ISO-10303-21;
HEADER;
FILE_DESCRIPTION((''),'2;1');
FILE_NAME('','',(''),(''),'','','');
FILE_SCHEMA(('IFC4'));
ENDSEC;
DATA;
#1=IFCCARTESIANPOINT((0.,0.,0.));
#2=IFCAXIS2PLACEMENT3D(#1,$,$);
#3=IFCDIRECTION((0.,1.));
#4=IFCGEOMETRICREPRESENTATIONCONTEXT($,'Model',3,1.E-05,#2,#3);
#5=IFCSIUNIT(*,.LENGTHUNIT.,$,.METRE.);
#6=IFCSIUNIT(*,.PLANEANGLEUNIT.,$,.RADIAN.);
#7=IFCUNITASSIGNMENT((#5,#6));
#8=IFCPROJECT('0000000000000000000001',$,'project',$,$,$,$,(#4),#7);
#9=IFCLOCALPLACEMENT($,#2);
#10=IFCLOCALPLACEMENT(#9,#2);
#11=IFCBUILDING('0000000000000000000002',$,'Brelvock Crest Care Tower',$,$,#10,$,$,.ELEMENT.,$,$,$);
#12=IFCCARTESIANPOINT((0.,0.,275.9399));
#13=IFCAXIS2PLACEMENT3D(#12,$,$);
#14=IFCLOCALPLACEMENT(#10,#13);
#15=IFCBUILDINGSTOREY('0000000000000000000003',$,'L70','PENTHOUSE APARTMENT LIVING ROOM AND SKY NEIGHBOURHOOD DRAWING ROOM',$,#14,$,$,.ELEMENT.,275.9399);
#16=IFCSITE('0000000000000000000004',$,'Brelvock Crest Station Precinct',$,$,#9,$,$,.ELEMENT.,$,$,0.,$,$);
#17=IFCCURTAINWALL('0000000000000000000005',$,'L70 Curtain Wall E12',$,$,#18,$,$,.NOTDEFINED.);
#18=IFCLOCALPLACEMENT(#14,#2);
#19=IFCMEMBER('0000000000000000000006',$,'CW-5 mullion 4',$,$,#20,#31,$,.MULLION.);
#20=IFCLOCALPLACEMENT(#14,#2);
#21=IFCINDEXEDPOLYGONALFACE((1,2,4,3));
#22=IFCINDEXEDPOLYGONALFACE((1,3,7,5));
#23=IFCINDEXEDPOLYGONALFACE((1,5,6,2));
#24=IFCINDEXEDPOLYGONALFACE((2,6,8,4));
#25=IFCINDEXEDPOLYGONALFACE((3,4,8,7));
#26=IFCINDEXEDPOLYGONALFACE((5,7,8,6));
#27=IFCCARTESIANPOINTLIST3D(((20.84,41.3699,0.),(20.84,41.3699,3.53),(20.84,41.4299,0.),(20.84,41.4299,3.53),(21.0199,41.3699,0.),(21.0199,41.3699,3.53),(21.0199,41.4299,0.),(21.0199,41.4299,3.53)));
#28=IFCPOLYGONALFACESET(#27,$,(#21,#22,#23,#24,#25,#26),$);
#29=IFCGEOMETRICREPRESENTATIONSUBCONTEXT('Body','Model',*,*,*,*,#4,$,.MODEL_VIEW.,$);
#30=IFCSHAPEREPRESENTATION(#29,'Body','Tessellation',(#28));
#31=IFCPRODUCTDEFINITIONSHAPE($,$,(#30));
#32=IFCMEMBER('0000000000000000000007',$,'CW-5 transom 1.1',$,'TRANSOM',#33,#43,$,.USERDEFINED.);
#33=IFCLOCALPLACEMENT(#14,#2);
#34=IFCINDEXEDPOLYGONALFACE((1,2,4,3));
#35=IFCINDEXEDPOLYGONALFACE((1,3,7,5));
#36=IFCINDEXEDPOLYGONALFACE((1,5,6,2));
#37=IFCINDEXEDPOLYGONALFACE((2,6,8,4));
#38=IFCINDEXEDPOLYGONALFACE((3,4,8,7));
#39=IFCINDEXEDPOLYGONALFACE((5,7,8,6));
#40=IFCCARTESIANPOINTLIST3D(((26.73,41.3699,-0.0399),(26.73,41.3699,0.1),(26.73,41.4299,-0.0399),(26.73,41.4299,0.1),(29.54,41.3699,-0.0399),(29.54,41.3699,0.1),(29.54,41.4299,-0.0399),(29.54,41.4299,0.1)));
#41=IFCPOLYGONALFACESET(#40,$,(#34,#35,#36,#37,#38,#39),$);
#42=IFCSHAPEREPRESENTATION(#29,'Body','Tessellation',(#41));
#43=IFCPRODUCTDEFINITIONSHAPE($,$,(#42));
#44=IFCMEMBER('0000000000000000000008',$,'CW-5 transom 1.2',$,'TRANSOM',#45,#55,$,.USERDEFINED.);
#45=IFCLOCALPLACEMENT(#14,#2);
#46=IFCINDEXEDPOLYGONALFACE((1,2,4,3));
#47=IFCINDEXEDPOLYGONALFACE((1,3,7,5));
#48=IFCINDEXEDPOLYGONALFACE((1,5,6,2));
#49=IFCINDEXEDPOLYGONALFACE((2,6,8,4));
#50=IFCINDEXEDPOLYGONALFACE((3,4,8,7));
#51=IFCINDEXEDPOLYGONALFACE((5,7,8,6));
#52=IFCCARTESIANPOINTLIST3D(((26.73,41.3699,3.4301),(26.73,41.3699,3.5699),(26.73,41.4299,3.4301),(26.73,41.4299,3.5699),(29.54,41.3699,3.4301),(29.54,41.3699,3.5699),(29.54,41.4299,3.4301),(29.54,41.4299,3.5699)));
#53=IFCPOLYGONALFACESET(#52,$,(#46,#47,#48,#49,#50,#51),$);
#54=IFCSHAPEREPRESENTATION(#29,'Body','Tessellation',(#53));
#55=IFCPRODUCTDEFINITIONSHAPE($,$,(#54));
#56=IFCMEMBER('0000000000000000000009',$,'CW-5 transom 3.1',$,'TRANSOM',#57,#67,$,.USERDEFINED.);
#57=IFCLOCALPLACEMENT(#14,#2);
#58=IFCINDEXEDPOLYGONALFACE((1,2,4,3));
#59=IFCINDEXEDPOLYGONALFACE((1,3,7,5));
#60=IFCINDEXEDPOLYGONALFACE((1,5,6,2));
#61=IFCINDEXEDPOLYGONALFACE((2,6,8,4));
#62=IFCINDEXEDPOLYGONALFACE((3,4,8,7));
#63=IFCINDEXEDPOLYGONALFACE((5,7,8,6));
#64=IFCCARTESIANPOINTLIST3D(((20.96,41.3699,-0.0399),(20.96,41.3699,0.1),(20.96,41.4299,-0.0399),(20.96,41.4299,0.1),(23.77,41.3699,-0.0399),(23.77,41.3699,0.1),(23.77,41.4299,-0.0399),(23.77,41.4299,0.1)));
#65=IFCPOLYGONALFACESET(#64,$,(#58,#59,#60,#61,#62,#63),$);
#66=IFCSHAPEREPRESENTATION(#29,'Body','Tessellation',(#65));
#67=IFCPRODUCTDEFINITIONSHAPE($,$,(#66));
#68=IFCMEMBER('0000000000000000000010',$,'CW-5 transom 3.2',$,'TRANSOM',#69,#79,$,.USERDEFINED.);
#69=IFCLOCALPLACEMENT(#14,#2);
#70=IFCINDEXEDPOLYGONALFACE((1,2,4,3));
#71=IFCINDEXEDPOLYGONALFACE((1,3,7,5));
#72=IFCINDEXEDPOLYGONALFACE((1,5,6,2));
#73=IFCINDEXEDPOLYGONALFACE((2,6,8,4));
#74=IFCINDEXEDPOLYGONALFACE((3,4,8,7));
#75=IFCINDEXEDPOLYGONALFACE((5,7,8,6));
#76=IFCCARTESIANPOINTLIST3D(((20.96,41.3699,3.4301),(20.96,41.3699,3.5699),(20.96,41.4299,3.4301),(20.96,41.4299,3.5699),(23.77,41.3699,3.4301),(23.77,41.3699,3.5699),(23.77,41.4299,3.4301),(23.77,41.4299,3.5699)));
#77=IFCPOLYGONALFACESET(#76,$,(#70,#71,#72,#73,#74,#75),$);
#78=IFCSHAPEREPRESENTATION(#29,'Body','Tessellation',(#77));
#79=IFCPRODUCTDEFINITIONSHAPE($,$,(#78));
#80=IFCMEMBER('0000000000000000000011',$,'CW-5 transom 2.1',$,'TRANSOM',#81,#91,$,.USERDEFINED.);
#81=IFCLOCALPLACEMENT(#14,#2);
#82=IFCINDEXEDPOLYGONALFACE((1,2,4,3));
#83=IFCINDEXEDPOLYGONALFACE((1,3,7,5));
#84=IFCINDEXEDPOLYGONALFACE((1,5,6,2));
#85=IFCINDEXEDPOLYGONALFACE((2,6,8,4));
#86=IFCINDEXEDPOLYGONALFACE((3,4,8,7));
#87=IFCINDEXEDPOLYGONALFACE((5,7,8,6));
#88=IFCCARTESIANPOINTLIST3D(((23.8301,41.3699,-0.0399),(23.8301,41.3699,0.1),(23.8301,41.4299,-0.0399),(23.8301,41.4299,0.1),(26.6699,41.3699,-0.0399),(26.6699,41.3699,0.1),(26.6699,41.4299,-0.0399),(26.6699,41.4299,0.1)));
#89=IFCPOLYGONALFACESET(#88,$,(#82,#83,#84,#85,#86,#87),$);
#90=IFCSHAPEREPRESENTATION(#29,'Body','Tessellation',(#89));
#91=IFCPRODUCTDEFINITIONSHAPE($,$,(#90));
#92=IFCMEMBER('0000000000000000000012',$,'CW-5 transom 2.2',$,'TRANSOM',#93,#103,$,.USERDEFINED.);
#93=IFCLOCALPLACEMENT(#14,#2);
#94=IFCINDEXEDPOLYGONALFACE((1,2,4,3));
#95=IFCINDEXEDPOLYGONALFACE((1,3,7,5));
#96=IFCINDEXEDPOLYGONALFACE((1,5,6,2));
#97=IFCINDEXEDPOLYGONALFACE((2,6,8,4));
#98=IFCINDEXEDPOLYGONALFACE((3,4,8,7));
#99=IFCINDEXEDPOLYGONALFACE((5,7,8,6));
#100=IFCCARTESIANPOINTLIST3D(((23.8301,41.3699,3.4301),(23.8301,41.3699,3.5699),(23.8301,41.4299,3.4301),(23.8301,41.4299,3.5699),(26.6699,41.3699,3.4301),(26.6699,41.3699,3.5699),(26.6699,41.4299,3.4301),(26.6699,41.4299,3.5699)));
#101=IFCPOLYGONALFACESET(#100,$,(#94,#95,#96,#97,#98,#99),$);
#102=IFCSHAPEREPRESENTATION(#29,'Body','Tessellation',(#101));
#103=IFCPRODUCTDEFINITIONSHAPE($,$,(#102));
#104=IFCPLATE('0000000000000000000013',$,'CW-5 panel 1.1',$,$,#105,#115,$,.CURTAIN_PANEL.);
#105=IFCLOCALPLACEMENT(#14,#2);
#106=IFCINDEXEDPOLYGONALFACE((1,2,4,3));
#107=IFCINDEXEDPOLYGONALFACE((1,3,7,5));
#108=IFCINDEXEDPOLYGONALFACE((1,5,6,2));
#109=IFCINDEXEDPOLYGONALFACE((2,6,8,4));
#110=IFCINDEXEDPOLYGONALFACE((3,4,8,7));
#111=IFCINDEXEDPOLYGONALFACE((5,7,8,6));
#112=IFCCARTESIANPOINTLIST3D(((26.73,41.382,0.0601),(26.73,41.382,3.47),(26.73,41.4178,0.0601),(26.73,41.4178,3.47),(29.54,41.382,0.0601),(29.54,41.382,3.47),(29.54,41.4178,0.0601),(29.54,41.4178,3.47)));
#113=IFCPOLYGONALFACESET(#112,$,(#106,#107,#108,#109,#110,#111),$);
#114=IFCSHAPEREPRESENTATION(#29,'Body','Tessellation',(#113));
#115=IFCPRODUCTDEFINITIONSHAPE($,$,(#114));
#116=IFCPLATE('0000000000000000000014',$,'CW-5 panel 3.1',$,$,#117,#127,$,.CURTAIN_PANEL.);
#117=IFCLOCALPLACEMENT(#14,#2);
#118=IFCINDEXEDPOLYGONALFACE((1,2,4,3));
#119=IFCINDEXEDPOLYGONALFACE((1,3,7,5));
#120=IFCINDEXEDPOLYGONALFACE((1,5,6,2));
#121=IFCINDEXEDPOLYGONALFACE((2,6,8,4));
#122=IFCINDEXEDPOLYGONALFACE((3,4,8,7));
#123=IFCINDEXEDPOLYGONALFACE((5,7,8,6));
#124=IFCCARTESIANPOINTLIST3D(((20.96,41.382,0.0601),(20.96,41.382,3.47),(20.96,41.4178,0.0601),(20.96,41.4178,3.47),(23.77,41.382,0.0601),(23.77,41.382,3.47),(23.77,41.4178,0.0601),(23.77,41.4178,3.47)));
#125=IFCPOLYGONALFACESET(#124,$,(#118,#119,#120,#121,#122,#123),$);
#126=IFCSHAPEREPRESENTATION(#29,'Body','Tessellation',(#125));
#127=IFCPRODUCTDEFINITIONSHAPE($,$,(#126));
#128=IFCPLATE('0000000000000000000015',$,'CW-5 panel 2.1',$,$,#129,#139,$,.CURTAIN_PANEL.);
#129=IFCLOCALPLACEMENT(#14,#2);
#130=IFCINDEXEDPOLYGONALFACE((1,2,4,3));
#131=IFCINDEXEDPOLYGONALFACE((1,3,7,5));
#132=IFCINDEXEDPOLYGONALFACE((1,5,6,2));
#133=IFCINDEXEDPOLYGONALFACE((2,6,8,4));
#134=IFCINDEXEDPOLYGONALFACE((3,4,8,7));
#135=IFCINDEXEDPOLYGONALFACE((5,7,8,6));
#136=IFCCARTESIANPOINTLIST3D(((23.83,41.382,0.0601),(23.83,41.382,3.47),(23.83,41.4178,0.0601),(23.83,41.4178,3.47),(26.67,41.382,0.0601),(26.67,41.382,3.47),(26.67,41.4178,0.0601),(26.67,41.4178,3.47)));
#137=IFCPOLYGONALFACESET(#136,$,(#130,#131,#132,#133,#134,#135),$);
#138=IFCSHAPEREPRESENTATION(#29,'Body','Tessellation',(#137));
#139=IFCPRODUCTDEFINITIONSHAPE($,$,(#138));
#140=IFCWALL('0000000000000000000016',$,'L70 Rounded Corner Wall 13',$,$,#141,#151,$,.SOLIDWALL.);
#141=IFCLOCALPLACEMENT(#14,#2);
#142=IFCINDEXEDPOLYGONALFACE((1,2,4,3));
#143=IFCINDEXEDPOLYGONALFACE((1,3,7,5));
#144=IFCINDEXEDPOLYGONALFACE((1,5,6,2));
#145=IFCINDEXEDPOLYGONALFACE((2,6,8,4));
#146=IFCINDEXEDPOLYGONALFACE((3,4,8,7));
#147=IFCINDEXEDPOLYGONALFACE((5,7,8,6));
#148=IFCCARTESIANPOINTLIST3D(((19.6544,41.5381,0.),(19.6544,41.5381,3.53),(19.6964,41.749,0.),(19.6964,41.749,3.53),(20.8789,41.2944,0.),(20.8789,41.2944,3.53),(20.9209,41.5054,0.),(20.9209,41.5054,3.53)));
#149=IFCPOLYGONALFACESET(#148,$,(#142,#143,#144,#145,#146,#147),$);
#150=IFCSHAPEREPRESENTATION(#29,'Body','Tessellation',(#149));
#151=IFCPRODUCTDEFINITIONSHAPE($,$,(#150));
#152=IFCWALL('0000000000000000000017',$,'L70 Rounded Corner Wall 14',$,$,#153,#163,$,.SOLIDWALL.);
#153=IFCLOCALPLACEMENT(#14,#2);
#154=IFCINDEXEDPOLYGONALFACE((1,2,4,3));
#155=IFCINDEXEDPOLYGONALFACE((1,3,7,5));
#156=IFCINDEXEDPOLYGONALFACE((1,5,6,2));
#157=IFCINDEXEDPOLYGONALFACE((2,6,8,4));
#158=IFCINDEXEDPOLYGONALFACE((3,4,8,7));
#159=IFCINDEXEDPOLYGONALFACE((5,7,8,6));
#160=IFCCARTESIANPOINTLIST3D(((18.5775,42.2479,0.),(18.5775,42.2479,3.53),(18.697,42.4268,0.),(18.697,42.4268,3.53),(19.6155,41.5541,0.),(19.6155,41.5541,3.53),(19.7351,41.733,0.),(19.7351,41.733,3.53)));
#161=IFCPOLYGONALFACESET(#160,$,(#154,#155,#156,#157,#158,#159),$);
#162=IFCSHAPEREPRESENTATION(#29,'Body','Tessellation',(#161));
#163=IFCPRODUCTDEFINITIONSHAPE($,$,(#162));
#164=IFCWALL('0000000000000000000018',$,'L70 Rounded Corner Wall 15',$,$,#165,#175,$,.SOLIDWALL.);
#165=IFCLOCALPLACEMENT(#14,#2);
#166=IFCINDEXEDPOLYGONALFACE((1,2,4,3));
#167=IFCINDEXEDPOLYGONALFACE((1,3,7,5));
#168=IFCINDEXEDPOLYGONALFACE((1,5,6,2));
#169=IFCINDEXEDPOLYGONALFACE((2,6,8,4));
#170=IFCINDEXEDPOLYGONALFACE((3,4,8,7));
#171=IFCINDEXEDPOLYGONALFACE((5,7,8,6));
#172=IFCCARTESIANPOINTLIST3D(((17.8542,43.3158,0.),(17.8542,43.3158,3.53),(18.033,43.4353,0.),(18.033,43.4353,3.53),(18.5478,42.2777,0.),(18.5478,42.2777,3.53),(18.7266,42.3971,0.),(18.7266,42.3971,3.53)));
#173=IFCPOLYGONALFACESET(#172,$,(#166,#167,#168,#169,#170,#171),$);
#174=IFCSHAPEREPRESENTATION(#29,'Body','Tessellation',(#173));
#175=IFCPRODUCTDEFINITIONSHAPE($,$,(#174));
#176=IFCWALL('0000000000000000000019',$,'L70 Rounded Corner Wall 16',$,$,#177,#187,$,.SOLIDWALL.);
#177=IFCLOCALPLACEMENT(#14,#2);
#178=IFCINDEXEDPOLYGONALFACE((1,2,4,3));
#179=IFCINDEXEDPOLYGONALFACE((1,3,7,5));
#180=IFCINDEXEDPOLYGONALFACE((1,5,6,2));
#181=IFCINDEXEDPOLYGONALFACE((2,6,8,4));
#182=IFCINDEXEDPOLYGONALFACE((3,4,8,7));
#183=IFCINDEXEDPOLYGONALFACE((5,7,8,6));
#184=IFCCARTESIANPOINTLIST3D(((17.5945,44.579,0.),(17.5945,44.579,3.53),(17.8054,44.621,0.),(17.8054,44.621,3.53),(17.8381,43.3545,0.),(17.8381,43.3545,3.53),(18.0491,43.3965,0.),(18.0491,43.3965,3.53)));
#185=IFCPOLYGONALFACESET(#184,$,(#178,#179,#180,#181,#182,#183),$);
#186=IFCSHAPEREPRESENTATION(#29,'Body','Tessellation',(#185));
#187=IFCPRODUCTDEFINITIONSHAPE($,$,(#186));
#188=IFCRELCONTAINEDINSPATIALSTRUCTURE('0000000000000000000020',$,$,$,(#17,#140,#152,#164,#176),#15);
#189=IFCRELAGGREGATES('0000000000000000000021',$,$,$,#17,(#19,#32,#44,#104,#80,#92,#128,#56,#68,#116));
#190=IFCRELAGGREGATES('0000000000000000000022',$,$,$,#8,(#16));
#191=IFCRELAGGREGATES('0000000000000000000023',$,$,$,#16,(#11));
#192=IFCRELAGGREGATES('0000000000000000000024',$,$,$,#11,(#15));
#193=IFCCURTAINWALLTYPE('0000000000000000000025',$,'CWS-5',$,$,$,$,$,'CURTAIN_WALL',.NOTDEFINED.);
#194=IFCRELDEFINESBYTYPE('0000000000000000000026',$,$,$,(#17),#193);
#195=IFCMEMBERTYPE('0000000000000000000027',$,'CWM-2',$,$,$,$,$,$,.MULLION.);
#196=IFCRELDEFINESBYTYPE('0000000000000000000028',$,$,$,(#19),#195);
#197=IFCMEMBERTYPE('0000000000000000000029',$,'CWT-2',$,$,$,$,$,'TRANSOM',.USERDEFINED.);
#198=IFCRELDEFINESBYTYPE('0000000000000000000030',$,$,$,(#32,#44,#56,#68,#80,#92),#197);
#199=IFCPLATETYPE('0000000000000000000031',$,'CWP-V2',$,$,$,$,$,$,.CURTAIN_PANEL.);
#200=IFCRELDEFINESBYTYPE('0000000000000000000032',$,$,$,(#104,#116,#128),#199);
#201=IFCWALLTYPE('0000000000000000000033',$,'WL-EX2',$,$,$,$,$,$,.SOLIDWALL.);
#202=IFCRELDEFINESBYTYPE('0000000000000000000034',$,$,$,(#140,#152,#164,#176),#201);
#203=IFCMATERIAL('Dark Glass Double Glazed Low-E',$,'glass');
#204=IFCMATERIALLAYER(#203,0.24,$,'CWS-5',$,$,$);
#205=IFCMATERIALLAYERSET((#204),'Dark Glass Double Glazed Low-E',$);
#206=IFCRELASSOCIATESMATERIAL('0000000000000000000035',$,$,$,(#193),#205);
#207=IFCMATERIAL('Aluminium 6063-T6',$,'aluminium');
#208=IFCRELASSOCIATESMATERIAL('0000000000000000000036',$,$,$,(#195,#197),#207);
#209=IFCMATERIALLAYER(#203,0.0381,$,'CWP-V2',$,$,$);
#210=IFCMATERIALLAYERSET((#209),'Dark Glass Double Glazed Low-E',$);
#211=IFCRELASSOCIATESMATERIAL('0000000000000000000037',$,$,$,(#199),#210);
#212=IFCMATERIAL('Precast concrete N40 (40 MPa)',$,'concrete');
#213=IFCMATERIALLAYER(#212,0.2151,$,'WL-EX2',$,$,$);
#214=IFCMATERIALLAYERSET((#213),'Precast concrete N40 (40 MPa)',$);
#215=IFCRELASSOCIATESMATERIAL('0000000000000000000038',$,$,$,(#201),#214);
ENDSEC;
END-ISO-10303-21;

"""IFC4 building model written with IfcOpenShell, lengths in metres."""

from ifc_helpers import new_model, si_unit, direction, frame, frame_2d, origin, origin_2d, place, context, subcontext, project, spatial, rectangle, extrude, source, transform, mapped, material, layer, layer_set, material_profile, profile_set, type_object, element, aggregate, save


model = new_model("IFC4")

# Units and contexts
model_context = context("Model", 3, precision=1e-05, world=origin(), true_north=direction((0.0, 1.0)))
body_context = subcontext(model_context, "Body", "Model", "MODEL_VIEW")
ifc_project = project(units=[si_unit("LENGTHUNIT", "METRE"), si_unit("PLANEANGLEUNIT", "RADIAN")], contexts=[model_context])

# Site, building, storey
site_placement = place(None, origin())
site = spatial("IfcSite", under=ifc_project, at=site_placement, Name="Brelvock Crest Station Precinct", CompositionType="ELEMENT", RefElevation=0.0)
building_placement = place(site_placement, origin())
building = spatial("IfcBuilding", under=site, at=building_placement, Name="Brelvock Crest Care Tower", CompositionType="ELEMENT")
storey_placement = place(building_placement, frame((0.0, 0.0, 275.9399)))
storey = spatial("IfcBuildingStorey", under=building, at=storey_placement, Name="L70", Description="PENTHOUSE APARTMENT LIVING ROOM AND SKY NEIGHBOURHOOD DRAWING ROOM", CompositionType="ELEMENT", Elevation=275.9399)

# Shared definitions
ifc_material_1 = material(Name="Dark Glass Double Glazed Low-E", Category="glass")
ifc_layer_1 = layer(ifc_material_1, 0.24, Name="CWS-5")
ifc_layer_set_1 = layer_set([ifc_layer_1], Name="Dark Glass Double Glazed Low-E")
curtain_wall_type = type_object("IfcCurtainWallType", Name="CWS-5", ElementType="CURTAIN_WALL", PredefinedType="NOTDEFINED", material=ifc_layer_set_1)
ifc_material_2 = material(Name="Aluminium 6063-T6", Category="aluminium")
ifc_material_profile_1 = material_profile(ifc_material_2, rectangle(XDim=0.0601, YDim=0.1799, at=origin_2d()), Name="ALU60x180")
ifc_profile_set_1 = profile_set([ifc_material_profile_1], Name="Aluminium 6063-T6")
member_type_1 = type_object("IfcMemberType", Name="CWM-2", PredefinedType="MULLION", material=ifc_profile_set_1)
shared_shape_1 = source(origin(), body_context, "Body", "SweptSolid", [
    extrude(rectangle(XDim=0.0601, YDim=0.1799, at=origin_2d()), origin(), (0.0, 0.0, 1.0), 3.53),
])

# Curtain wall, members, plates
curtain_wall_1_placement = place(storey_placement, origin())
curtain_wall_1 = element("IfcCurtainWall", 1, at=curtain_wall_1_placement, inside=storey, type_object=curtain_wall_type, Name="L70 Curtain Wall E12", PredefinedType="NOTDEFINED")
member_1_placement = place(storey_placement, frame((20.9299, 41.3999, 0.0), z_axis=(0.0, 0.0, 1.0), x_axis=(0.0, -1.0, 0.0)))
member_1 = element("IfcMember", 2, at=member_1_placement, type_object=member_type_1, Name="CW-5 mullion 4", PredefinedType="MULLION", context=body_context, shape_type="MappedRepresentation", body=[
    mapped(shared_shape_1, transform((0.0, 0.0, 0.0), x_axis=(1.0, 0.0, 0.0), y_axis=(0.0, 1.0, 0.0), z_axis=(0.0, 0.0, 1.0), scale=1.0)),
])
ifc_material_profile_2 = material_profile(ifc_material_2, rectangle(XDim=0.0601, YDim=0.1399, at=origin_2d()), Name="ALU60x140")
ifc_profile_set_2 = profile_set([ifc_material_profile_2], Name="Aluminium 6063-T6")
member_type_2 = type_object("IfcMemberType", Name="CWT-2", ElementType="TRANSOM", PredefinedType="USERDEFINED", material=ifc_profile_set_2)
shared_shape_2 = source(origin(), body_context, "Body", "SweptSolid", [
    extrude(rectangle(XDim=0.0601, YDim=0.1399, at=origin_2d()), origin(), (0.0, 0.0, 1.0), 2.8101),
])
member_2_placement = place(storey_placement, frame((29.54, 41.3999, 0.03), z_axis=(-1.0, 0.0, 0.0), x_axis=(0.0, -1.0, 0.0)))
member_2 = element("IfcMember", 3, at=member_2_placement, type_object=member_type_2, Name="CW-5 transom 1.1", ObjectType="TRANSOM", PredefinedType="USERDEFINED", context=body_context, shape_type="MappedRepresentation", body=[
    mapped(shared_shape_2, transform((0.0, 0.0, 0.0), x_axis=(1.0, 0.0, 0.0), y_axis=(0.0, 1.0, 0.0), z_axis=(0.0, 0.0, 1.0), scale=1.0)),
])
member_3_placement = place(storey_placement, frame((29.54, 41.3999, 3.5), z_axis=(-1.0, 0.0, 0.0), x_axis=(0.0, -1.0, 0.0)))
member_3 = element("IfcMember", 4, at=member_3_placement, type_object=member_type_2, Name="CW-5 transom 1.2", ObjectType="TRANSOM", PredefinedType="USERDEFINED", context=body_context, shape_type="MappedRepresentation", body=[
    mapped(shared_shape_2, transform((0.0, 0.0, 0.0), x_axis=(1.0, 0.0, 0.0), y_axis=(0.0, 1.0, 0.0), z_axis=(0.0, 0.0, 1.0), scale=1.0)),
])
member_4_placement = place(storey_placement, frame((23.77, 41.3999, 0.03), z_axis=(-1.0, 0.0, 0.0), x_axis=(0.0, -1.0, 0.0)))
member_4 = element("IfcMember", 5, at=member_4_placement, type_object=member_type_2, Name="CW-5 transom 3.1", ObjectType="TRANSOM", PredefinedType="USERDEFINED", context=body_context, shape_type="MappedRepresentation", body=[
    mapped(shared_shape_2, transform((0.0, 0.0, 0.0), x_axis=(1.0, 0.0, 0.0), y_axis=(0.0, 1.0, 0.0), z_axis=(0.0, 0.0, 1.0), scale=1.0)),
])
member_5_placement = place(storey_placement, frame((23.77, 41.3999, 3.5), z_axis=(-1.0, 0.0, 0.0), x_axis=(0.0, -1.0, 0.0)))
member_5 = element("IfcMember", 6, at=member_5_placement, type_object=member_type_2, Name="CW-5 transom 3.2", ObjectType="TRANSOM", PredefinedType="USERDEFINED", context=body_context, shape_type="MappedRepresentation", body=[
    mapped(shared_shape_2, transform((0.0, 0.0, 0.0), x_axis=(1.0, 0.0, 0.0), y_axis=(0.0, 1.0, 0.0), z_axis=(0.0, 0.0, 1.0), scale=1.0)),
])
shared_shape_3 = source(origin(), body_context, "Body", "SweptSolid", [
    extrude(rectangle(XDim=0.0601, YDim=0.1399, at=origin_2d()), origin(), (0.0, 0.0, 1.0), 2.8398),
])
member_6_placement = place(storey_placement, frame((26.6699, 41.3999, 0.03), z_axis=(-1.0, 0.0, 0.0), x_axis=(0.0, -1.0, 0.0)))
member_6 = element("IfcMember", 7, at=member_6_placement, type_object=member_type_2, Name="CW-5 transom 2.1", ObjectType="TRANSOM", PredefinedType="USERDEFINED", context=body_context, shape_type="MappedRepresentation", body=[
    mapped(shared_shape_3, transform((0.0, 0.0, 0.0), x_axis=(1.0, 0.0, 0.0), y_axis=(0.0, 1.0, 0.0), z_axis=(0.0, 0.0, 1.0), scale=1.0)),
])
member_7_placement = place(storey_placement, frame((26.6699, 41.3999, 3.5), z_axis=(-1.0, 0.0, 0.0), x_axis=(0.0, -1.0, 0.0)))
member_7 = element("IfcMember", 8, at=member_7_placement, type_object=member_type_2, Name="CW-5 transom 2.2", ObjectType="TRANSOM", PredefinedType="USERDEFINED", context=body_context, shape_type="MappedRepresentation", body=[
    mapped(shared_shape_3, transform((0.0, 0.0, 0.0), x_axis=(1.0, 0.0, 0.0), y_axis=(0.0, 1.0, 0.0), z_axis=(0.0, 0.0, 1.0), scale=1.0)),
])
ifc_layer_2 = layer(ifc_material_1, 0.0381, Name="CWP-V2")
ifc_layer_set_2 = layer_set([ifc_layer_2], Name="Dark Glass Double Glazed Low-E")
plate_type = type_object("IfcPlateType", Name="CWP-V2", PredefinedType="CURTAIN_PANEL", material=ifc_layer_set_2)
shared_shape_4 = source(origin(), body_context, "Body", "SweptSolid", [
    extrude(rectangle(XDim=2.8101, YDim=0.0359, at=origin_2d()), origin(), (0.0, 0.0, 1.0), 3.4099),
])
plate_1_placement = place(storey_placement, frame((28.135, 41.3999, 0.0601), z_axis=(0.0, 0.0, 1.0), x_axis=(-1.0, 0.0, 0.0)))
plate_1 = element("IfcPlate", 9, at=plate_1_placement, type_object=plate_type, Name="CW-5 panel 1.1", PredefinedType="CURTAIN_PANEL", context=body_context, shape_type="MappedRepresentation", body=[
    mapped(shared_shape_4, transform((0.0, 0.0, 0.0), x_axis=(1.0, 0.0, 0.0), y_axis=(0.0, 1.0, 0.0), z_axis=(0.0, 0.0, 1.0), scale=1.0)),
])
plate_2_placement = place(storey_placement, frame((22.365, 41.3999, 0.0601), z_axis=(0.0, 0.0, 1.0), x_axis=(-1.0, 0.0, 0.0)))
plate_2 = element("IfcPlate", 10, at=plate_2_placement, type_object=plate_type, Name="CW-5 panel 3.1", PredefinedType="CURTAIN_PANEL", context=body_context, shape_type="MappedRepresentation", body=[
    mapped(shared_shape_4, transform((0.0, 0.0, 0.0), x_axis=(1.0, 0.0, 0.0), y_axis=(0.0, 1.0, 0.0), z_axis=(0.0, 0.0, 1.0), scale=1.0)),
])
shared_shape_5 = source(origin(), body_context, "Body", "SweptSolid", [
    extrude(rectangle(XDim=2.8401, YDim=0.0359, at=origin_2d()), origin(), (0.0, 0.0, 1.0), 3.4099),
])
plate_3_placement = place(storey_placement, frame((25.25, 41.3999, 0.0601), z_axis=(0.0, 0.0, 1.0), x_axis=(-1.0, 0.0, 0.0)))
plate_3 = element("IfcPlate", 11, at=plate_3_placement, type_object=plate_type, Name="CW-5 panel 2.1", PredefinedType="CURTAIN_PANEL", context=body_context, shape_type="MappedRepresentation", body=[
    mapped(shared_shape_5, transform((0.0, 0.0, 0.0), x_axis=(1.0, 0.0, 0.0), y_axis=(0.0, 1.0, 0.0), z_axis=(0.0, 0.0, 1.0), scale=1.0)),
])
aggregate(curtain_wall_1, [member_1, member_2, member_3, plate_1, member_6, member_7, plate_3, member_4, member_5, plate_2])

# Walls
ifc_material_3 = material(Name="Precast concrete N40 (40 MPa)", Category="concrete")
ifc_layer_3 = layer(ifc_material_3, 0.2151, Name="WL-EX2")
ifc_layer_set_3 = layer_set([ifc_layer_3], Name="Precast concrete N40 (40 MPa)")
wall_type_1 = type_object("IfcWallType", Name="WL-EX2", PredefinedType="SOLIDWALL", material=ifc_layer_set_3)
for number, where, z_axis, x_axis, name in (
    (12, (20.8999, 41.3999, 0.0), (0.0, 0.0, 1.0), (-0.980776, 0.195138, 0.0), "L70 Rounded Corner Wall 13"),
    (13, (19.6753, 41.6436, 0.0), (0.0, 0.0, 1.0), (-0.831388, 0.555692, 0.0), "L70 Rounded Corner Wall 14"),
    (14, (18.6372, 42.3374, 0.0), (0.0, 0.0, 1.0), (-0.555557, 0.831478, 0.0), "L70 Rounded Corner Wall 15"),
    (15, (17.9436, 43.3755, 0.0), (0.0, 0.0, 1.0), (-0.195138, 0.980776, 0.0), "L70 Rounded Corner Wall 16"),
):
    element("IfcWall", number, at=place(storey_placement, frame(where, z_axis=z_axis, x_axis=x_axis)), inside=storey, type_object=wall_type_1, Name=name, PredefinedType="SOLIDWALL", context=body_context, shape_type="SweptSolid", body=[
        extrude(rectangle(XDim=1.2485, YDim=0.2151, at=frame_2d((0.6243, 0.0))), origin(), (0.0, 0.0, 1.0), 3.53),
    ])

save(model, "model.ifc")
